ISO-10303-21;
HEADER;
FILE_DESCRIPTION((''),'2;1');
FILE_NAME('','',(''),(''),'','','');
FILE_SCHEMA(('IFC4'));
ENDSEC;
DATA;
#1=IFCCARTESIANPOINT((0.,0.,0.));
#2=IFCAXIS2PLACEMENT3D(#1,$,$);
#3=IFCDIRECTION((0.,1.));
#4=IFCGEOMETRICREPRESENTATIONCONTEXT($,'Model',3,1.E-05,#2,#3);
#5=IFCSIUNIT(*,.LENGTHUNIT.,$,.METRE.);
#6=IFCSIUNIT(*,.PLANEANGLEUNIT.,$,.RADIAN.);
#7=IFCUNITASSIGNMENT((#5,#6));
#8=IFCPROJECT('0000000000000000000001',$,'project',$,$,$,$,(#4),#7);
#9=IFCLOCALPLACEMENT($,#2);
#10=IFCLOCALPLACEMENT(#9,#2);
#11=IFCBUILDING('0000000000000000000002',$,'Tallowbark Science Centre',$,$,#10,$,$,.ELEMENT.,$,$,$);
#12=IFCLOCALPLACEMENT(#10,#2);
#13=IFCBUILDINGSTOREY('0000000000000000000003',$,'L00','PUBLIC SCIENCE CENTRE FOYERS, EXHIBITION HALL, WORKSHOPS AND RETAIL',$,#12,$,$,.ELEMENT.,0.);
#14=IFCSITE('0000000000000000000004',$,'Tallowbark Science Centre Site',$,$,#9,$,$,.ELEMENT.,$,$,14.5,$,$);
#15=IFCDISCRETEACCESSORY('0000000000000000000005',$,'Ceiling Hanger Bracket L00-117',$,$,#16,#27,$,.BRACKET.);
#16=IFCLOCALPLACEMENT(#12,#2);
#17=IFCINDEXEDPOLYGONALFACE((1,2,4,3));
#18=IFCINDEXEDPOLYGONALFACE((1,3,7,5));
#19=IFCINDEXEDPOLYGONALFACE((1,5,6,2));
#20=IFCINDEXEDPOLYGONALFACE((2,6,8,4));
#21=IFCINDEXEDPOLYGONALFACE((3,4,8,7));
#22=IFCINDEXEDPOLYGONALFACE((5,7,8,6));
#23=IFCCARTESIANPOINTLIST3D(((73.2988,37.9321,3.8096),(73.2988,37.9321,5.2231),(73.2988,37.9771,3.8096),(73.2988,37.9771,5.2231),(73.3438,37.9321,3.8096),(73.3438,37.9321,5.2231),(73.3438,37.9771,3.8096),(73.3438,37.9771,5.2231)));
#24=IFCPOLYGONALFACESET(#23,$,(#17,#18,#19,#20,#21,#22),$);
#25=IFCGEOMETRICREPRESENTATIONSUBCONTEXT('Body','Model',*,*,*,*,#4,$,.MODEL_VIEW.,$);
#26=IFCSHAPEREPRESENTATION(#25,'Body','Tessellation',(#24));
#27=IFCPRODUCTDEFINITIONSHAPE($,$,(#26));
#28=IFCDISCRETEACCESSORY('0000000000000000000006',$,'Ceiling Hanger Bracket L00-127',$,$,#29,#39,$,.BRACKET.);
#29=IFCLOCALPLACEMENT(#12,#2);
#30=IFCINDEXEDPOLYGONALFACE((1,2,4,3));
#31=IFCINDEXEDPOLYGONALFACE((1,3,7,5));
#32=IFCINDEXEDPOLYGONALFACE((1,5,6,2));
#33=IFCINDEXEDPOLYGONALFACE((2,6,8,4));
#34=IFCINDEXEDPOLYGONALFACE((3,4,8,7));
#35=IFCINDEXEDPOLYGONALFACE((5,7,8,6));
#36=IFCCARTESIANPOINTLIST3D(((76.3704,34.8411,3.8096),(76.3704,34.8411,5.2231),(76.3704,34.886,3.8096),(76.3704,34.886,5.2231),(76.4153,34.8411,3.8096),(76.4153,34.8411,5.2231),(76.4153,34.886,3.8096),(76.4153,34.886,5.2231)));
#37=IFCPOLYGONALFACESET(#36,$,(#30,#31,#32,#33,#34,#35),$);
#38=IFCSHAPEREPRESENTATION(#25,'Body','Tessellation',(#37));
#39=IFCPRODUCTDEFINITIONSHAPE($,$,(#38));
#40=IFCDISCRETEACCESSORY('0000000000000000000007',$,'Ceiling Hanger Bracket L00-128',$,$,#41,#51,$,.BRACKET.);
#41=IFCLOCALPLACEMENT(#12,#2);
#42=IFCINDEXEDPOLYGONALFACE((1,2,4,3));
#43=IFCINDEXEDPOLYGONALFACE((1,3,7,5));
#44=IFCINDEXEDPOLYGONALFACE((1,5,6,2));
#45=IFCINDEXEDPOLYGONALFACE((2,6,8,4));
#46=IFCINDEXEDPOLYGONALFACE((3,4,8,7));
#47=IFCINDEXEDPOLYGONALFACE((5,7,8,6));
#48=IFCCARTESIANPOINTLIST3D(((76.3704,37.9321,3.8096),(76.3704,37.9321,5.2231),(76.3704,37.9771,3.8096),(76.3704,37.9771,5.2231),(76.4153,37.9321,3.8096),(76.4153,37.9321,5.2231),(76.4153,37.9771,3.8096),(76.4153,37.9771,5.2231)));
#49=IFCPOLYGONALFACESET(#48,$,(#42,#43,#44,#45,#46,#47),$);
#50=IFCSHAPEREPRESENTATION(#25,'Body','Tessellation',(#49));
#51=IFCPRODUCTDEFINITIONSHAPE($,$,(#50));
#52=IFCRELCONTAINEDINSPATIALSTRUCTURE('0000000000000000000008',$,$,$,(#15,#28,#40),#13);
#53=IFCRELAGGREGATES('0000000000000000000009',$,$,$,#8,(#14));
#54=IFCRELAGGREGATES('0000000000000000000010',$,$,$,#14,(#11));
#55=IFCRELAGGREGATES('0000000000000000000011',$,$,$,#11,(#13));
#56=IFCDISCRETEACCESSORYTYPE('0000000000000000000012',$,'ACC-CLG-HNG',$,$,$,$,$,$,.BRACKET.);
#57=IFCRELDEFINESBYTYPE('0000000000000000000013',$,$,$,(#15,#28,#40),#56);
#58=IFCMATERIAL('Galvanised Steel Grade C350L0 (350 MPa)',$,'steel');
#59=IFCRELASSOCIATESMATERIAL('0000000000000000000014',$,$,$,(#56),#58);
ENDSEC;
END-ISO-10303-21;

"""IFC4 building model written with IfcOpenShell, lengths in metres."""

from ifc_helpers import new_model, si_unit, direction, frame, origin, origin_2d, place, context, subcontext, project, spatial, rectangle, extrude, material, type_object, element, save


model = new_model("IFC4")

# Units and contexts
model_context = context("Model", 3, precision=1e-05, world=origin(), true_north=direction((0.0, 1.0)))
body_context = subcontext(model_context, "Body", "Model", "MODEL_VIEW")
ifc_project = project(units=[si_unit("LENGTHUNIT", "METRE"), si_unit("PLANEANGLEUNIT", "RADIAN")], contexts=[model_context])

# Site, building, storey
site_placement = place(None, origin())
site = spatial("IfcSite", under=ifc_project, at=site_placement, Name="Tallowbark Science Centre Site", CompositionType="ELEMENT", RefElevation=14.5)
building_placement = place(site_placement, origin())
building = spatial("IfcBuilding", under=site, at=building_placement, Name="Tallowbark Science Centre", CompositionType="ELEMENT")
storey_placement = place(building_placement, origin())
storey = spatial("IfcBuildingStorey", under=building, at=storey_placement, Name="L00", Description="PUBLIC SCIENCE CENTRE FOYERS, EXHIBITION HALL, WORKSHOPS AND RETAIL", CompositionType="ELEMENT", Elevation=0.0)

# Discrete accessories
ifc_material_1 = material(Name="Galvanised Steel Grade C350L0 (350 MPa)", Category="steel")
discrete_accessory_type = type_object("IfcDiscreteAccessoryType", Name="ACC-CLG-HNG", PredefinedType="BRACKET", material=ifc_material_1)
for number, where, z_axis, x_axis, name in (
    (1, (73.3213, 37.9546, 3.8096), (0.0, 0.0, 1.0), (1.0, 0.0, 0.0), "Ceiling Hanger Bracket L00-117"),
    (2, (76.3928, 34.8635, 3.8096), (0.0, 0.0, 1.0), (1.0, 0.0, 0.0), "Ceiling Hanger Bracket L00-127"),
    (3, (76.3928, 37.9546, 3.8096), (0.0, 0.0, 1.0), (1.0, 0.0, 0.0), "Ceiling Hanger Bracket L00-128"),
):
    element("IfcDiscreteAccessory", number, at=place(storey_placement, frame(where, z_axis=z_axis, x_axis=x_axis)), inside=storey, type_object=discrete_accessory_type, Name=name, PredefinedType="BRACKET", context=body_context, shape_type="SweptSolid", body=[
        extrude(rectangle(XDim=0.0449, YDim=0.0449, at=origin_2d()), origin(), (0.0, 0.0, 1.0), 1.4136),
    ])

save(model, "model.ifc")
